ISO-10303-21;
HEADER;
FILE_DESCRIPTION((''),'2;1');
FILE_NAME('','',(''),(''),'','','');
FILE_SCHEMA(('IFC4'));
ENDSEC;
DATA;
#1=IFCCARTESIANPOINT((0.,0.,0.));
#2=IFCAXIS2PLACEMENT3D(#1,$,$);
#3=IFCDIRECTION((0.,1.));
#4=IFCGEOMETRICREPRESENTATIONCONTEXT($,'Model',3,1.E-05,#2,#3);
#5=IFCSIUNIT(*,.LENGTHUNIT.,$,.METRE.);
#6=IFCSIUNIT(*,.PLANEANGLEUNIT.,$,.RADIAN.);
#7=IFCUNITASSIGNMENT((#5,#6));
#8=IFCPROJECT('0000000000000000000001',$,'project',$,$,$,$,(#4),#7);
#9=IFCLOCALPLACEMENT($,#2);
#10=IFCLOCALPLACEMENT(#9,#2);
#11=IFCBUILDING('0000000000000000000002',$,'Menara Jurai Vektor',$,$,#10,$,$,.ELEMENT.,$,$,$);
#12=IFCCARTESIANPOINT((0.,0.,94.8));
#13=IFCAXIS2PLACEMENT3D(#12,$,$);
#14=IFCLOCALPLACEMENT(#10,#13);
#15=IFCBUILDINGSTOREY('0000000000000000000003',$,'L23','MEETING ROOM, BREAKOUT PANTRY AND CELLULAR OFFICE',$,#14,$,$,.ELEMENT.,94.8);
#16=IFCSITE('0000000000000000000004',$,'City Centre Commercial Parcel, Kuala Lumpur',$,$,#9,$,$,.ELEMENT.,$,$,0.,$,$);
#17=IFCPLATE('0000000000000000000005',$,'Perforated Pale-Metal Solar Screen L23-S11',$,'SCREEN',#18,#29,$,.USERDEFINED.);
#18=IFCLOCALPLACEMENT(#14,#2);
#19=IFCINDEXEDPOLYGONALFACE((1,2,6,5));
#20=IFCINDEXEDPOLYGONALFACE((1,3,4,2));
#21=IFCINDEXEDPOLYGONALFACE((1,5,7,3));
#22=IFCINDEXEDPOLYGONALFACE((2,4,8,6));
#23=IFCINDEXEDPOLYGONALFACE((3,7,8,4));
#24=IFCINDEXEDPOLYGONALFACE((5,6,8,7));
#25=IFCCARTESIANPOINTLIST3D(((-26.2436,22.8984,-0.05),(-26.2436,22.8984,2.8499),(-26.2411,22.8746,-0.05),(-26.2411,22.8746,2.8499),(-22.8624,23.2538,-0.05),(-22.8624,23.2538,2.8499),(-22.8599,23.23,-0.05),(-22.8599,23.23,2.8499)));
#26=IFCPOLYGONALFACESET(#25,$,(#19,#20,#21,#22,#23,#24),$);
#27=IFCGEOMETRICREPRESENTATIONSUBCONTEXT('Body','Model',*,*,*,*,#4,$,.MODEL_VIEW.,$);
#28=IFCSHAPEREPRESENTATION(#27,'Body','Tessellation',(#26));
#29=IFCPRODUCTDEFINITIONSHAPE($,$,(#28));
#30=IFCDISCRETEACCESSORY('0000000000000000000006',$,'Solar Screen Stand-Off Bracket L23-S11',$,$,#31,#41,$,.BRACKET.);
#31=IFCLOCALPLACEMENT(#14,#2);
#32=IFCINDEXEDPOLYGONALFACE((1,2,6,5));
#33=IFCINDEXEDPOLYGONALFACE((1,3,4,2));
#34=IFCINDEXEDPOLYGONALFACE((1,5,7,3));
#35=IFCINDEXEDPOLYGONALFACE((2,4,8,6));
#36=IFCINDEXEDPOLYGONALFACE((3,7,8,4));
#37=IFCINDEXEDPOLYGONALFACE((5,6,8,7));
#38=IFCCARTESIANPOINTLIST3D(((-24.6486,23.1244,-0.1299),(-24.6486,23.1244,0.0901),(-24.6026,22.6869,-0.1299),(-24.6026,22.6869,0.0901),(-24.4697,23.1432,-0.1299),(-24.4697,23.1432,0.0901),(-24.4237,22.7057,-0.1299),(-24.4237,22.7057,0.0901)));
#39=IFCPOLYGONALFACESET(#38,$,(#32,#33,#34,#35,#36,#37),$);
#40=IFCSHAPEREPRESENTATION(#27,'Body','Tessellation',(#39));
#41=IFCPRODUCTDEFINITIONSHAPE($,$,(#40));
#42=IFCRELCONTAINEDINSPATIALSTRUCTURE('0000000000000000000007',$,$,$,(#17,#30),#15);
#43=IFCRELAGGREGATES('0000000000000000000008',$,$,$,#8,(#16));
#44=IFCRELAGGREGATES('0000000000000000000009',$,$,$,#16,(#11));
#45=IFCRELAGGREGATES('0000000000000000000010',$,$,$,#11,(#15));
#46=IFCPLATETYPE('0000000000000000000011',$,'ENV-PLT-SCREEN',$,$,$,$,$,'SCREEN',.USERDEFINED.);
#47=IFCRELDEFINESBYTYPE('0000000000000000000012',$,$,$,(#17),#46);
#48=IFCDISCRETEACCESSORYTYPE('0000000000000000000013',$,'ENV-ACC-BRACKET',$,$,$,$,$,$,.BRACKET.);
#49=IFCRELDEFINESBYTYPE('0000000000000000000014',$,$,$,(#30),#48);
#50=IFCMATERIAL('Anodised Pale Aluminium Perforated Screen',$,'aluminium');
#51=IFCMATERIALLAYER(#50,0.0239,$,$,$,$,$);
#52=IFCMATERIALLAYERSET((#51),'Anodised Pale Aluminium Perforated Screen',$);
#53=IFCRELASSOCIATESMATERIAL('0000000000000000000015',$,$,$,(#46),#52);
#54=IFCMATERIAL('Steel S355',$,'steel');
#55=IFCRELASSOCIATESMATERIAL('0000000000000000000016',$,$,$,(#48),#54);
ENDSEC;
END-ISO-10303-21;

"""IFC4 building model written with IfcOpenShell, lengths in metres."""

from ifc_helpers import new_model, si_unit, direction, frame, origin, origin_2d, place, context, subcontext, project, spatial, rectangle, extrude, material, layer, layer_set, type_object, element, save


model = new_model("IFC4")

# Units and contexts
model_context = context("Model", 3, precision=1e-05, world=origin(), true_north=direction((0.0, 1.0)))
body_context = subcontext(model_context, "Body", "Model", "MODEL_VIEW")
ifc_project = project(units=[si_unit("LENGTHUNIT", "METRE"), si_unit("PLANEANGLEUNIT", "RADIAN")], contexts=[model_context])

# Site, building, storey
site_placement = place(None, origin())
site = spatial("IfcSite", under=ifc_project, at=site_placement, Name="City Centre Commercial Parcel, Kuala Lumpur", CompositionType="ELEMENT", RefElevation=0.0)
building_placement = place(site_placement, origin())
building = spatial("IfcBuilding", under=site, at=building_placement, Name="Menara Jurai Vektor", CompositionType="ELEMENT")
storey_placement = place(building_placement, frame((0.0, 0.0, 94.8)))
storey = spatial("IfcBuildingStorey", under=building, at=storey_placement, Name="L23", Description="MEETING ROOM, BREAKOUT PANTRY AND CELLULAR OFFICE", CompositionType="ELEMENT", Elevation=94.8)

# Shared definitions
ifc_material_1 = material(Name="Steel S355", Category="steel")

# Plate
ifc_material_2 = material(Name="Anodised Pale Aluminium Perforated Screen", Category="aluminium")
ifc_layer_1 = layer(ifc_material_2, 0.0239)
ifc_layer_set_1 = layer_set([ifc_layer_1], Name="Anodised Pale Aluminium Perforated Screen")
plate_type_1 = type_object("IfcPlateType", Name="ENV-PLT-SCREEN", ElementType="SCREEN", PredefinedType="USERDEFINED", material=ifc_layer_set_1)
plate_1_placement = place(storey_placement, frame((-24.5518, 23.0642, -0.05), z_axis=(0.0, 0.0, 1.0), x_axis=(-0.994522, -0.104528, 0.0)))
element("IfcPlate", 1, at=plate_1_placement, inside=storey, type_object=plate_type_1, Name="Perforated Pale-Metal Solar Screen L23-S11", ObjectType="SCREEN", PredefinedType="USERDEFINED", context=body_context, shape_type="SweptSolid", body=[
    extrude(rectangle(XDim=3.3999, YDim=0.0239, at=origin_2d()), origin(), (0.0, 0.0, 1.0), 2.8999),
])

# Discrete accessory
discrete_accessory_type = type_object("IfcDiscreteAccessoryType", Name="ENV-ACC-BRACKET", PredefinedType="BRACKET", material=ifc_material_1)
discrete_accessory_placement = place(storey_placement, frame((-24.5361, 22.915, -0.1299), z_axis=(0.0, 0.0, 1.0), x_axis=(-0.994522, -0.104528, 0.0)))
element("IfcDiscreteAccessory", 2, at=discrete_accessory_placement, inside=storey, type_object=discrete_accessory_type, Name="Solar Screen Stand-Off Bracket L23-S11", PredefinedType="BRACKET", context=body_context, shape_type="SweptSolid", body=[
    extrude(rectangle(XDim=0.1799, YDim=0.4399, at=origin_2d()), origin(), (0.0, 0.0, 1.0), 0.22),
])

save(model, "model.ifc")
